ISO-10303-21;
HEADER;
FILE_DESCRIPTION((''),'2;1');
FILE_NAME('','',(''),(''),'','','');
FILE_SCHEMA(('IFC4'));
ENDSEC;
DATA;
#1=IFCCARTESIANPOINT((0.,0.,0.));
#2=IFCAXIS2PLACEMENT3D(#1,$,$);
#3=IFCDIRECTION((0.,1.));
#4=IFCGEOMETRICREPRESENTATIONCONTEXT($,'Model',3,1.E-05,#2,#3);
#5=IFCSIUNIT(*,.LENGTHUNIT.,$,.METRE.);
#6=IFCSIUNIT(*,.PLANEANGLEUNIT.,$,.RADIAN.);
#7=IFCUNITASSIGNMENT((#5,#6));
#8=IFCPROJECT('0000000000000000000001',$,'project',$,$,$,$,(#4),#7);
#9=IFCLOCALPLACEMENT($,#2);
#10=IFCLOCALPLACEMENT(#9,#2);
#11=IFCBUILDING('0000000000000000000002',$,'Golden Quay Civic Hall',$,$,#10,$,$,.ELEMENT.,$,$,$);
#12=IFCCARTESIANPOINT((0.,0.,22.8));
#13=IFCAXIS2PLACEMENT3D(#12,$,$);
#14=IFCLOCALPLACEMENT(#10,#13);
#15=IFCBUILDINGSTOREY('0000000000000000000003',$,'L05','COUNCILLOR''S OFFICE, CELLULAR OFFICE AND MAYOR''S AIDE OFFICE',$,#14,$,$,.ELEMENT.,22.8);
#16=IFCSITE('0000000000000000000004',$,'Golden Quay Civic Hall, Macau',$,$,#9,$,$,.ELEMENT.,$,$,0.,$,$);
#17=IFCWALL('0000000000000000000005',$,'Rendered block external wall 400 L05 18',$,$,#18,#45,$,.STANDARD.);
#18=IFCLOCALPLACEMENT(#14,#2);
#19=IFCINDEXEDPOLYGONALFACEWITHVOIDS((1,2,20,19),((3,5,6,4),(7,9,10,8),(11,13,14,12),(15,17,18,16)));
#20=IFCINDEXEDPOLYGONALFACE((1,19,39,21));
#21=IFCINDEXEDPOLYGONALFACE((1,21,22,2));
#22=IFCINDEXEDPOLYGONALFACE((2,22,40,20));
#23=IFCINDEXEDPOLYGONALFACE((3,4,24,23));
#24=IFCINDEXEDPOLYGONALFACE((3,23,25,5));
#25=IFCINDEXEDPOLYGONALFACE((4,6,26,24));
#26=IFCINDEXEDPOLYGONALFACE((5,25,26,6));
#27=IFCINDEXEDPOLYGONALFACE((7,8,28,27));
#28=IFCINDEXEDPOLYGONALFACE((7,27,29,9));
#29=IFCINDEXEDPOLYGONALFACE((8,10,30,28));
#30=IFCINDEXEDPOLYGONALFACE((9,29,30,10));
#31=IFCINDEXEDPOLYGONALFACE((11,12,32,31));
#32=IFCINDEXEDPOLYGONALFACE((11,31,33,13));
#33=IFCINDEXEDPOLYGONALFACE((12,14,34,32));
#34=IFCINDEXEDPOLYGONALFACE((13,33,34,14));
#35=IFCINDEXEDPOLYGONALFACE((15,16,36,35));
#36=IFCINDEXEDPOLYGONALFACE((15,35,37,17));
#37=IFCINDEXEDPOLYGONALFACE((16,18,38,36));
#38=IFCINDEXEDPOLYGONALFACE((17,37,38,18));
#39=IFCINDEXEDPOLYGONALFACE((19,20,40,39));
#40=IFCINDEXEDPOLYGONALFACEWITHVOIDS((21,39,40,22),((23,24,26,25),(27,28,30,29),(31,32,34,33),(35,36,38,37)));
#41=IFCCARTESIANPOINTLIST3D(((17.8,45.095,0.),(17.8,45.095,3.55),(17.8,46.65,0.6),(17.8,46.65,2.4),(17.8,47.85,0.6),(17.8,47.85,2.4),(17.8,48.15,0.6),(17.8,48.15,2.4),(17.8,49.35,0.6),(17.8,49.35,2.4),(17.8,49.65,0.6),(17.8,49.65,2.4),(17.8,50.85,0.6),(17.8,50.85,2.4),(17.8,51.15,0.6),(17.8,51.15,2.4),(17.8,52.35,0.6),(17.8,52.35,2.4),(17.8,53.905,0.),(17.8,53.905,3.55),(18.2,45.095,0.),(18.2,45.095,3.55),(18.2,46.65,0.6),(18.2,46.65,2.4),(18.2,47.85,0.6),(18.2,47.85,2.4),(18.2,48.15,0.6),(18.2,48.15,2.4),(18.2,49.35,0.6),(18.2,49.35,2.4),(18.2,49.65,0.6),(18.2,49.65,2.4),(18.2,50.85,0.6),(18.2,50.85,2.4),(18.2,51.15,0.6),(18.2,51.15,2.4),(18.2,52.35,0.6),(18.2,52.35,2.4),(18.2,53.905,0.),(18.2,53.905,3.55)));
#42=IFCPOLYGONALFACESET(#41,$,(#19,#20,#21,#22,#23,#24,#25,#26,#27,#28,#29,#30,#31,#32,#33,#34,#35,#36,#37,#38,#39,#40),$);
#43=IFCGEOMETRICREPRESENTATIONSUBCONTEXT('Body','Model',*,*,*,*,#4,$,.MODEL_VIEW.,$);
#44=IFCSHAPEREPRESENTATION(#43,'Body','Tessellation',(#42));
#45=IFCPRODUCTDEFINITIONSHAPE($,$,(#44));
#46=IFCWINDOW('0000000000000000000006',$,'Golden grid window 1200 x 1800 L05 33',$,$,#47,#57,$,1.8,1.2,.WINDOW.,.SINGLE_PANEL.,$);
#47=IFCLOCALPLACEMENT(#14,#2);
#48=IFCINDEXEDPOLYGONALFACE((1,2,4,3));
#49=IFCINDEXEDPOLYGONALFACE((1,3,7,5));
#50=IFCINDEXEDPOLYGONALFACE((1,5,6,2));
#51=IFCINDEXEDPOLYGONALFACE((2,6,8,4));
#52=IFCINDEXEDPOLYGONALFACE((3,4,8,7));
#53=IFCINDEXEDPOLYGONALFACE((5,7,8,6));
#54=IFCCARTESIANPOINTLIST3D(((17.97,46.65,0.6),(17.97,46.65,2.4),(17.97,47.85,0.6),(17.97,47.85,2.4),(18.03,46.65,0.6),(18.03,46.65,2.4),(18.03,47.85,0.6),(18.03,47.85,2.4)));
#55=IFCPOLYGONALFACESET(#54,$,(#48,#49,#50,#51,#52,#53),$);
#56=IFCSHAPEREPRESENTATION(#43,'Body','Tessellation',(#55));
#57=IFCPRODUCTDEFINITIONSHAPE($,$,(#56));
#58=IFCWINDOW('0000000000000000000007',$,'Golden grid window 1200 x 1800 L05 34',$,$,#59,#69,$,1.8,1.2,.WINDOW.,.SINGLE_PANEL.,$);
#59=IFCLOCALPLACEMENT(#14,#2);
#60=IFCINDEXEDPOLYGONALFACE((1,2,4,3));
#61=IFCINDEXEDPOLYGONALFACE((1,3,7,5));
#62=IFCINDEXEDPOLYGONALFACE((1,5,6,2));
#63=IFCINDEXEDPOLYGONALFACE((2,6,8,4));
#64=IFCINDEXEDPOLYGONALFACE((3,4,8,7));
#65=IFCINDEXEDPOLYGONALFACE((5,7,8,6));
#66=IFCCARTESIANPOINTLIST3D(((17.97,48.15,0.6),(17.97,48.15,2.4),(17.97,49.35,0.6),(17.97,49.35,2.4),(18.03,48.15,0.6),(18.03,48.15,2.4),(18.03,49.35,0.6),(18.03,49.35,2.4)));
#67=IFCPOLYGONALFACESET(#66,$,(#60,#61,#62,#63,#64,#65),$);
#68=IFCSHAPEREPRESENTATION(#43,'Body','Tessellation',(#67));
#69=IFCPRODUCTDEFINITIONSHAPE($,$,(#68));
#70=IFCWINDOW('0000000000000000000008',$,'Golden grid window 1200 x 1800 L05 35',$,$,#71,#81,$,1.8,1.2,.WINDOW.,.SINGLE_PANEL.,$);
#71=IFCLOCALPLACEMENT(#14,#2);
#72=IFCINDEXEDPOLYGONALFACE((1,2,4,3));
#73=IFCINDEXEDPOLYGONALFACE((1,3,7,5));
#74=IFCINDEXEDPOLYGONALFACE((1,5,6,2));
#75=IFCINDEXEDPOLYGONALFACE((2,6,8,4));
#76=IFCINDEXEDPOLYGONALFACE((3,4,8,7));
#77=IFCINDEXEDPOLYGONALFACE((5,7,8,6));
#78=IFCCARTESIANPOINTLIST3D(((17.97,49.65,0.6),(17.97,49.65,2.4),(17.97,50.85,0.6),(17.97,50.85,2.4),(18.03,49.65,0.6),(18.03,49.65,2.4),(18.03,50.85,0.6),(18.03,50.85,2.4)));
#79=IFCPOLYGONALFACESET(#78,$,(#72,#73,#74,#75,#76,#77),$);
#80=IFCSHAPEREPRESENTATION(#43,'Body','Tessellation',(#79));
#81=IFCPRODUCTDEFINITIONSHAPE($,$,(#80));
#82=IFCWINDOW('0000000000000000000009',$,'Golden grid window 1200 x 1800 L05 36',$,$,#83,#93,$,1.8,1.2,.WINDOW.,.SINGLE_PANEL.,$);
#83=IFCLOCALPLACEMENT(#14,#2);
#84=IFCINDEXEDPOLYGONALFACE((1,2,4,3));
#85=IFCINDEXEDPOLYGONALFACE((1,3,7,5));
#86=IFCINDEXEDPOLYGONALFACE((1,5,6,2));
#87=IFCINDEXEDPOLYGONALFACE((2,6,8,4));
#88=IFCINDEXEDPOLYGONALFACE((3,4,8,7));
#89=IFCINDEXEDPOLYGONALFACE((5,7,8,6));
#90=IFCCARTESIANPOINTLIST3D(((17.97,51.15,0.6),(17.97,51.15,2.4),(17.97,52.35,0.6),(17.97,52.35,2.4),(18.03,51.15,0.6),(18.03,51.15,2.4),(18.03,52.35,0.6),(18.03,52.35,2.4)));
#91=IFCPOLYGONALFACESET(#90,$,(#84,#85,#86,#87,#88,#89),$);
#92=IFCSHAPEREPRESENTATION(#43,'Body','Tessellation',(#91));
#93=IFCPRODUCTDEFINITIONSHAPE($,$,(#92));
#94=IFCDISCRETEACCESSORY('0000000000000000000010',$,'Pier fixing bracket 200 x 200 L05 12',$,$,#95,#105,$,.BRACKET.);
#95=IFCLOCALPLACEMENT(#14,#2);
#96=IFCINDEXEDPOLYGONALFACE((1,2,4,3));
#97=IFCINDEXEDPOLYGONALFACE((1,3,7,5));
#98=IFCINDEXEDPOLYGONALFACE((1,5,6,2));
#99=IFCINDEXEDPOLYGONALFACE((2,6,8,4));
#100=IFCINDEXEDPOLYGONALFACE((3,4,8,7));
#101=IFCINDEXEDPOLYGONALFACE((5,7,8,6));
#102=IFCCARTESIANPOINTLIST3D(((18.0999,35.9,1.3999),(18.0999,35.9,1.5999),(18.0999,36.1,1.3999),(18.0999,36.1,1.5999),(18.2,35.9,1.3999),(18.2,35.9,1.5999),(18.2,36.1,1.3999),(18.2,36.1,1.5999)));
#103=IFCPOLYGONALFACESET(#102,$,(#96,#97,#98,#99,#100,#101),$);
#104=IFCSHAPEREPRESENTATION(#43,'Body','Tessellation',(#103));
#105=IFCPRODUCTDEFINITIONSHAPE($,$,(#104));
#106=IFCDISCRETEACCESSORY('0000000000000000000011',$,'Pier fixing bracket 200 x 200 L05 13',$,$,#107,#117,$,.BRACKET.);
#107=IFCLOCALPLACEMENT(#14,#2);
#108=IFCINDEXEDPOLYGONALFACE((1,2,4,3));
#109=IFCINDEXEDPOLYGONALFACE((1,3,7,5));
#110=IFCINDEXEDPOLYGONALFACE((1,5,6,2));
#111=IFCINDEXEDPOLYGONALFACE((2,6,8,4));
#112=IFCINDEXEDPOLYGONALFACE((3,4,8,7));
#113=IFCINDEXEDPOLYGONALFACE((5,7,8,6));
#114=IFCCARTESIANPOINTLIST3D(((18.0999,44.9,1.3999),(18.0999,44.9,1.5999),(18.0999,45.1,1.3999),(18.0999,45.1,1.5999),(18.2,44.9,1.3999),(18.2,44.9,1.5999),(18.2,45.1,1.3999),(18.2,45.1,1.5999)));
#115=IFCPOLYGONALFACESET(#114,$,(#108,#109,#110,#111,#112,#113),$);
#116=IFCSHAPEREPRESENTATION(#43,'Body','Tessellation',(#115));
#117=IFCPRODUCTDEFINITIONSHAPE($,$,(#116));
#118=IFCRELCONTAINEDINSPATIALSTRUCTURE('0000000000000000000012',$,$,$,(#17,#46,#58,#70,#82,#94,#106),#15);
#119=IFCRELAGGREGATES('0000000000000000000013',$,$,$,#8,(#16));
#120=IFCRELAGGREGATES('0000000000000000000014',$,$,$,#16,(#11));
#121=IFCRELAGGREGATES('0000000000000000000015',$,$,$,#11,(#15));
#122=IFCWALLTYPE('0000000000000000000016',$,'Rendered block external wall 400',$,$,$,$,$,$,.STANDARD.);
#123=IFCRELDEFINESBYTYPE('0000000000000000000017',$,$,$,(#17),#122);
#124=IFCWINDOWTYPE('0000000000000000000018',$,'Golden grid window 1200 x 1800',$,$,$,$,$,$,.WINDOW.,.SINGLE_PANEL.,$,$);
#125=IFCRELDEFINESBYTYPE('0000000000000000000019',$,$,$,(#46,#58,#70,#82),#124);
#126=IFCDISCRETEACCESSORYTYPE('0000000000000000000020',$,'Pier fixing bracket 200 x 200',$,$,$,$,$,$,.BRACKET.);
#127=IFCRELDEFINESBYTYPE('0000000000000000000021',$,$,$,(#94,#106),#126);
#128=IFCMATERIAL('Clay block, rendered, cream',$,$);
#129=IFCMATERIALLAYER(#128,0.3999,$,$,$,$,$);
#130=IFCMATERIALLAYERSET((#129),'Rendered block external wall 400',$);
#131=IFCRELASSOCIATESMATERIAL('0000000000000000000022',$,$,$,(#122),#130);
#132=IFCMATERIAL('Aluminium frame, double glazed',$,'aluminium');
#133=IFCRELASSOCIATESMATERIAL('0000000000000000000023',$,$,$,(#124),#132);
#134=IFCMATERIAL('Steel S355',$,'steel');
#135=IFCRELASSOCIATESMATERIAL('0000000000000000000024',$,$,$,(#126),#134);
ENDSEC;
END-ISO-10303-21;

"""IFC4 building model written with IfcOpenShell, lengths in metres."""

from ifc_helpers import new_model, si_unit, direction, frame, frame_2d, origin, origin_2d, place, context, subcontext, project, spatial, rectangle, extrude, material, layer, layer_set, type_object, element, fill, save


model = new_model("IFC4")

# Units and contexts
model_context = context("Model", 3, precision=1e-05, world=origin(), true_north=direction((0.0, 1.0)))
body_context = subcontext(model_context, "Body", "Model", "MODEL_VIEW")
ifc_project = project(units=[si_unit("LENGTHUNIT", "METRE"), si_unit("PLANEANGLEUNIT", "RADIAN")], contexts=[model_context])

# Site, building, storey
site_placement = place(None, origin())
site = spatial("IfcSite", under=ifc_project, at=site_placement, Name="Golden Quay Civic Hall, Macau", CompositionType="ELEMENT", RefElevation=0.0)
building_placement = place(site_placement, origin())
building = spatial("IfcBuilding", under=site, at=building_placement, Name="Golden Quay Civic Hall", CompositionType="ELEMENT")
storey_placement = place(building_placement, frame((0.0, 0.0, 22.8)))
storey = spatial("IfcBuildingStorey", under=building, at=storey_placement, Name="L05", Description="COUNCILLOR'S OFFICE, CELLULAR OFFICE AND MAYOR'S AIDE OFFICE", CompositionType="ELEMENT", Elevation=22.8)

# Shared definitions
ifc_material_1 = material(Name="Clay block, rendered, cream")
ifc_layer_1 = layer(ifc_material_1, 0.3999)
ifc_layer_set_1 = layer_set([ifc_layer_1], Name="Rendered block external wall 400")
wall_type_1 = type_object("IfcWallType", Name="Rendered block external wall 400", PredefinedType="STANDARD", material=ifc_layer_set_1)
ifc_material_2 = material(Name="Aluminium frame, double glazed", Category="aluminium")
window_type = type_object("IfcWindowType", Name="Golden grid window 1200 x 1800", PartitioningType="SINGLE_PANEL", PredefinedType="WINDOW", material=ifc_material_2)

# Wall, openings, windows
wall_1_placement = place(storey_placement, frame((18.0, 53.905, 0.0), z_axis=(0.0, 0.0, 1.0), x_axis=(0.0, -1.0, 0.0)))
wall_1 = element("IfcWall", 1, at=wall_1_placement, inside=storey, type_object=wall_type_1, Name="Rendered block external wall 400 L05 18", PredefinedType="STANDARD", context=body_context, shape_type="SweptSolid", body=[
    extrude(rectangle(XDim=8.8101, YDim=0.3999, at=frame_2d((4.405, 0.0))), origin(), (0.0, 0.0, 1.0), 3.55),
])
opening_1_placement = place(wall_1_placement, frame((6.0549, 0.0, 0.6001)))
opening_1 = element("IfcOpeningElement", 2, at=opening_1_placement, cuts=wall_1, PredefinedType="OPENING", context=body_context, shape_type="SweptSolid", body=[
    extrude(rectangle(XDim=1.2, YDim=1.8, at=frame_2d((0.6001, 0.8999))), frame((0.0, 0.21, 0.0), z_axis=(0.0, -1.0, 0.0), x_axis=(1.0, 0.0, 0.0)), (0.0, 0.0, 1.0), 0.4199),
])
opening_2_placement = place(wall_1_placement, frame((4.5549, 0.0, 0.6001)))
opening_2 = element("IfcOpeningElement", 3, at=opening_2_placement, cuts=wall_1, PredefinedType="OPENING", context=body_context, shape_type="SweptSolid", body=[
    extrude(rectangle(XDim=1.2, YDim=1.8, at=frame_2d((0.6001, 0.8999))), frame((0.0, 0.21, 0.0), z_axis=(0.0, -1.0, 0.0), x_axis=(1.0, 0.0, 0.0)), (0.0, 0.0, 1.0), 0.4199),
])
opening_3_placement = place(wall_1_placement, frame((3.0549, 0.0, 0.6001)))
opening_3 = element("IfcOpeningElement", 4, at=opening_3_placement, cuts=wall_1, PredefinedType="OPENING", context=body_context, shape_type="SweptSolid", body=[
    extrude(rectangle(XDim=1.2, YDim=1.8, at=frame_2d((0.6001, 0.8999))), frame((0.0, 0.21, 0.0), z_axis=(0.0, -1.0, 0.0), x_axis=(1.0, 0.0, 0.0)), (0.0, 0.0, 1.0), 0.4199),
])
opening_4_placement = place(wall_1_placement, frame((1.5549, 0.0, 0.6001)))
opening_4 = element("IfcOpeningElement", 5, at=opening_4_placement, cuts=wall_1, PredefinedType="OPENING", context=body_context, shape_type="SweptSolid", body=[
    extrude(rectangle(XDim=1.2, YDim=1.8, at=frame_2d((0.6001, 0.8999))), frame((0.0, 0.21, 0.0), z_axis=(0.0, -1.0, 0.0), x_axis=(1.0, 0.0, 0.0)), (0.0, 0.0, 1.0), 0.4199),
])
window_1_placement = place(opening_1_placement, origin())
window_1 = element("IfcWindow", 6, at=window_1_placement, inside=storey, type_object=window_type, Name="Golden grid window 1200 x 1800 L05 33", OverallHeight=1.8, OverallWidth=1.2, PartitioningType="SINGLE_PANEL", PredefinedType="WINDOW", context=body_context, shape_type="SweptSolid", body=[
    extrude(rectangle(XDim=1.2, YDim=1.8, at=frame_2d((0.6001, 0.8999))), frame((0.0, 0.03, 0.0), z_axis=(0.0, -1.0, 0.0), x_axis=(1.0, 0.0, 0.0)), (0.0, 0.0, 1.0), 0.0601),
])
fill(opening_1, window_1)
window_2_placement = place(opening_2_placement, origin())
window_2 = element("IfcWindow", 7, at=window_2_placement, inside=storey, type_object=window_type, Name="Golden grid window 1200 x 1800 L05 34", OverallHeight=1.8, OverallWidth=1.2, PartitioningType="SINGLE_PANEL", PredefinedType="WINDOW", context=body_context, shape_type="SweptSolid", body=[
    extrude(rectangle(XDim=1.2, YDim=1.8, at=frame_2d((0.6001, 0.8999))), frame((0.0, 0.03, 0.0), z_axis=(0.0, -1.0, 0.0), x_axis=(1.0, 0.0, 0.0)), (0.0, 0.0, 1.0), 0.0601),
])
fill(opening_2, window_2)
window_3_placement = place(opening_3_placement, origin())
window_3 = element("IfcWindow", 8, at=window_3_placement, inside=storey, type_object=window_type, Name="Golden grid window 1200 x 1800 L05 35", OverallHeight=1.8, OverallWidth=1.2, PartitioningType="SINGLE_PANEL", PredefinedType="WINDOW", context=body_context, shape_type="SweptSolid", body=[
    extrude(rectangle(XDim=1.2, YDim=1.8, at=frame_2d((0.6001, 0.8999))), frame((0.0, 0.03, 0.0), z_axis=(0.0, -1.0, 0.0), x_axis=(1.0, 0.0, 0.0)), (0.0, 0.0, 1.0), 0.0601),
])
fill(opening_3, window_3)
window_4_placement = place(opening_4_placement, origin())
window_4 = element("IfcWindow", 9, at=window_4_placement, inside=storey, type_object=window_type, Name="Golden grid window 1200 x 1800 L05 36", OverallHeight=1.8, OverallWidth=1.2, PartitioningType="SINGLE_PANEL", PredefinedType="WINDOW", context=body_context, shape_type="SweptSolid", body=[
    extrude(rectangle(XDim=1.2, YDim=1.8, at=frame_2d((0.6001, 0.8999))), frame((0.0, 0.03, 0.0), z_axis=(0.0, -1.0, 0.0), x_axis=(1.0, 0.0, 0.0)), (0.0, 0.0, 1.0), 0.0601),
])
fill(opening_4, window_4)

# Discrete accessories
ifc_material_3 = material(Name="Steel S355", Category="steel")
discrete_accessory_type = type_object("IfcDiscreteAccessoryType", Name="Pier fixing bracket 200 x 200", PredefinedType="BRACKET", material=ifc_material_3)
for number, where, z_axis, x_axis, name in (
    (10, (18.1499, 36.0, 1.3999), (0.0, 0.0, 1.0), (0.0, 1.0, 0.0), "Pier fixing bracket 200 x 200 L05 12"),
    (11, (18.1499, 45.0, 1.3999), (0.0, 0.0, 1.0), (0.0, 1.0, 0.0), "Pier fixing bracket 200 x 200 L05 13"),
):
    element("IfcDiscreteAccessory", number, at=place(storey_placement, frame(where, z_axis=z_axis, x_axis=x_axis)), inside=storey, type_object=discrete_accessory_type, Name=name, PredefinedType="BRACKET", context=body_context, shape_type="SweptSolid", body=[
        extrude(rectangle(XDim=0.2, YDim=0.1001, at=origin_2d()), origin(), (0.0, 0.0, 1.0), 0.2),
    ])

save(model, "model.ifc")
